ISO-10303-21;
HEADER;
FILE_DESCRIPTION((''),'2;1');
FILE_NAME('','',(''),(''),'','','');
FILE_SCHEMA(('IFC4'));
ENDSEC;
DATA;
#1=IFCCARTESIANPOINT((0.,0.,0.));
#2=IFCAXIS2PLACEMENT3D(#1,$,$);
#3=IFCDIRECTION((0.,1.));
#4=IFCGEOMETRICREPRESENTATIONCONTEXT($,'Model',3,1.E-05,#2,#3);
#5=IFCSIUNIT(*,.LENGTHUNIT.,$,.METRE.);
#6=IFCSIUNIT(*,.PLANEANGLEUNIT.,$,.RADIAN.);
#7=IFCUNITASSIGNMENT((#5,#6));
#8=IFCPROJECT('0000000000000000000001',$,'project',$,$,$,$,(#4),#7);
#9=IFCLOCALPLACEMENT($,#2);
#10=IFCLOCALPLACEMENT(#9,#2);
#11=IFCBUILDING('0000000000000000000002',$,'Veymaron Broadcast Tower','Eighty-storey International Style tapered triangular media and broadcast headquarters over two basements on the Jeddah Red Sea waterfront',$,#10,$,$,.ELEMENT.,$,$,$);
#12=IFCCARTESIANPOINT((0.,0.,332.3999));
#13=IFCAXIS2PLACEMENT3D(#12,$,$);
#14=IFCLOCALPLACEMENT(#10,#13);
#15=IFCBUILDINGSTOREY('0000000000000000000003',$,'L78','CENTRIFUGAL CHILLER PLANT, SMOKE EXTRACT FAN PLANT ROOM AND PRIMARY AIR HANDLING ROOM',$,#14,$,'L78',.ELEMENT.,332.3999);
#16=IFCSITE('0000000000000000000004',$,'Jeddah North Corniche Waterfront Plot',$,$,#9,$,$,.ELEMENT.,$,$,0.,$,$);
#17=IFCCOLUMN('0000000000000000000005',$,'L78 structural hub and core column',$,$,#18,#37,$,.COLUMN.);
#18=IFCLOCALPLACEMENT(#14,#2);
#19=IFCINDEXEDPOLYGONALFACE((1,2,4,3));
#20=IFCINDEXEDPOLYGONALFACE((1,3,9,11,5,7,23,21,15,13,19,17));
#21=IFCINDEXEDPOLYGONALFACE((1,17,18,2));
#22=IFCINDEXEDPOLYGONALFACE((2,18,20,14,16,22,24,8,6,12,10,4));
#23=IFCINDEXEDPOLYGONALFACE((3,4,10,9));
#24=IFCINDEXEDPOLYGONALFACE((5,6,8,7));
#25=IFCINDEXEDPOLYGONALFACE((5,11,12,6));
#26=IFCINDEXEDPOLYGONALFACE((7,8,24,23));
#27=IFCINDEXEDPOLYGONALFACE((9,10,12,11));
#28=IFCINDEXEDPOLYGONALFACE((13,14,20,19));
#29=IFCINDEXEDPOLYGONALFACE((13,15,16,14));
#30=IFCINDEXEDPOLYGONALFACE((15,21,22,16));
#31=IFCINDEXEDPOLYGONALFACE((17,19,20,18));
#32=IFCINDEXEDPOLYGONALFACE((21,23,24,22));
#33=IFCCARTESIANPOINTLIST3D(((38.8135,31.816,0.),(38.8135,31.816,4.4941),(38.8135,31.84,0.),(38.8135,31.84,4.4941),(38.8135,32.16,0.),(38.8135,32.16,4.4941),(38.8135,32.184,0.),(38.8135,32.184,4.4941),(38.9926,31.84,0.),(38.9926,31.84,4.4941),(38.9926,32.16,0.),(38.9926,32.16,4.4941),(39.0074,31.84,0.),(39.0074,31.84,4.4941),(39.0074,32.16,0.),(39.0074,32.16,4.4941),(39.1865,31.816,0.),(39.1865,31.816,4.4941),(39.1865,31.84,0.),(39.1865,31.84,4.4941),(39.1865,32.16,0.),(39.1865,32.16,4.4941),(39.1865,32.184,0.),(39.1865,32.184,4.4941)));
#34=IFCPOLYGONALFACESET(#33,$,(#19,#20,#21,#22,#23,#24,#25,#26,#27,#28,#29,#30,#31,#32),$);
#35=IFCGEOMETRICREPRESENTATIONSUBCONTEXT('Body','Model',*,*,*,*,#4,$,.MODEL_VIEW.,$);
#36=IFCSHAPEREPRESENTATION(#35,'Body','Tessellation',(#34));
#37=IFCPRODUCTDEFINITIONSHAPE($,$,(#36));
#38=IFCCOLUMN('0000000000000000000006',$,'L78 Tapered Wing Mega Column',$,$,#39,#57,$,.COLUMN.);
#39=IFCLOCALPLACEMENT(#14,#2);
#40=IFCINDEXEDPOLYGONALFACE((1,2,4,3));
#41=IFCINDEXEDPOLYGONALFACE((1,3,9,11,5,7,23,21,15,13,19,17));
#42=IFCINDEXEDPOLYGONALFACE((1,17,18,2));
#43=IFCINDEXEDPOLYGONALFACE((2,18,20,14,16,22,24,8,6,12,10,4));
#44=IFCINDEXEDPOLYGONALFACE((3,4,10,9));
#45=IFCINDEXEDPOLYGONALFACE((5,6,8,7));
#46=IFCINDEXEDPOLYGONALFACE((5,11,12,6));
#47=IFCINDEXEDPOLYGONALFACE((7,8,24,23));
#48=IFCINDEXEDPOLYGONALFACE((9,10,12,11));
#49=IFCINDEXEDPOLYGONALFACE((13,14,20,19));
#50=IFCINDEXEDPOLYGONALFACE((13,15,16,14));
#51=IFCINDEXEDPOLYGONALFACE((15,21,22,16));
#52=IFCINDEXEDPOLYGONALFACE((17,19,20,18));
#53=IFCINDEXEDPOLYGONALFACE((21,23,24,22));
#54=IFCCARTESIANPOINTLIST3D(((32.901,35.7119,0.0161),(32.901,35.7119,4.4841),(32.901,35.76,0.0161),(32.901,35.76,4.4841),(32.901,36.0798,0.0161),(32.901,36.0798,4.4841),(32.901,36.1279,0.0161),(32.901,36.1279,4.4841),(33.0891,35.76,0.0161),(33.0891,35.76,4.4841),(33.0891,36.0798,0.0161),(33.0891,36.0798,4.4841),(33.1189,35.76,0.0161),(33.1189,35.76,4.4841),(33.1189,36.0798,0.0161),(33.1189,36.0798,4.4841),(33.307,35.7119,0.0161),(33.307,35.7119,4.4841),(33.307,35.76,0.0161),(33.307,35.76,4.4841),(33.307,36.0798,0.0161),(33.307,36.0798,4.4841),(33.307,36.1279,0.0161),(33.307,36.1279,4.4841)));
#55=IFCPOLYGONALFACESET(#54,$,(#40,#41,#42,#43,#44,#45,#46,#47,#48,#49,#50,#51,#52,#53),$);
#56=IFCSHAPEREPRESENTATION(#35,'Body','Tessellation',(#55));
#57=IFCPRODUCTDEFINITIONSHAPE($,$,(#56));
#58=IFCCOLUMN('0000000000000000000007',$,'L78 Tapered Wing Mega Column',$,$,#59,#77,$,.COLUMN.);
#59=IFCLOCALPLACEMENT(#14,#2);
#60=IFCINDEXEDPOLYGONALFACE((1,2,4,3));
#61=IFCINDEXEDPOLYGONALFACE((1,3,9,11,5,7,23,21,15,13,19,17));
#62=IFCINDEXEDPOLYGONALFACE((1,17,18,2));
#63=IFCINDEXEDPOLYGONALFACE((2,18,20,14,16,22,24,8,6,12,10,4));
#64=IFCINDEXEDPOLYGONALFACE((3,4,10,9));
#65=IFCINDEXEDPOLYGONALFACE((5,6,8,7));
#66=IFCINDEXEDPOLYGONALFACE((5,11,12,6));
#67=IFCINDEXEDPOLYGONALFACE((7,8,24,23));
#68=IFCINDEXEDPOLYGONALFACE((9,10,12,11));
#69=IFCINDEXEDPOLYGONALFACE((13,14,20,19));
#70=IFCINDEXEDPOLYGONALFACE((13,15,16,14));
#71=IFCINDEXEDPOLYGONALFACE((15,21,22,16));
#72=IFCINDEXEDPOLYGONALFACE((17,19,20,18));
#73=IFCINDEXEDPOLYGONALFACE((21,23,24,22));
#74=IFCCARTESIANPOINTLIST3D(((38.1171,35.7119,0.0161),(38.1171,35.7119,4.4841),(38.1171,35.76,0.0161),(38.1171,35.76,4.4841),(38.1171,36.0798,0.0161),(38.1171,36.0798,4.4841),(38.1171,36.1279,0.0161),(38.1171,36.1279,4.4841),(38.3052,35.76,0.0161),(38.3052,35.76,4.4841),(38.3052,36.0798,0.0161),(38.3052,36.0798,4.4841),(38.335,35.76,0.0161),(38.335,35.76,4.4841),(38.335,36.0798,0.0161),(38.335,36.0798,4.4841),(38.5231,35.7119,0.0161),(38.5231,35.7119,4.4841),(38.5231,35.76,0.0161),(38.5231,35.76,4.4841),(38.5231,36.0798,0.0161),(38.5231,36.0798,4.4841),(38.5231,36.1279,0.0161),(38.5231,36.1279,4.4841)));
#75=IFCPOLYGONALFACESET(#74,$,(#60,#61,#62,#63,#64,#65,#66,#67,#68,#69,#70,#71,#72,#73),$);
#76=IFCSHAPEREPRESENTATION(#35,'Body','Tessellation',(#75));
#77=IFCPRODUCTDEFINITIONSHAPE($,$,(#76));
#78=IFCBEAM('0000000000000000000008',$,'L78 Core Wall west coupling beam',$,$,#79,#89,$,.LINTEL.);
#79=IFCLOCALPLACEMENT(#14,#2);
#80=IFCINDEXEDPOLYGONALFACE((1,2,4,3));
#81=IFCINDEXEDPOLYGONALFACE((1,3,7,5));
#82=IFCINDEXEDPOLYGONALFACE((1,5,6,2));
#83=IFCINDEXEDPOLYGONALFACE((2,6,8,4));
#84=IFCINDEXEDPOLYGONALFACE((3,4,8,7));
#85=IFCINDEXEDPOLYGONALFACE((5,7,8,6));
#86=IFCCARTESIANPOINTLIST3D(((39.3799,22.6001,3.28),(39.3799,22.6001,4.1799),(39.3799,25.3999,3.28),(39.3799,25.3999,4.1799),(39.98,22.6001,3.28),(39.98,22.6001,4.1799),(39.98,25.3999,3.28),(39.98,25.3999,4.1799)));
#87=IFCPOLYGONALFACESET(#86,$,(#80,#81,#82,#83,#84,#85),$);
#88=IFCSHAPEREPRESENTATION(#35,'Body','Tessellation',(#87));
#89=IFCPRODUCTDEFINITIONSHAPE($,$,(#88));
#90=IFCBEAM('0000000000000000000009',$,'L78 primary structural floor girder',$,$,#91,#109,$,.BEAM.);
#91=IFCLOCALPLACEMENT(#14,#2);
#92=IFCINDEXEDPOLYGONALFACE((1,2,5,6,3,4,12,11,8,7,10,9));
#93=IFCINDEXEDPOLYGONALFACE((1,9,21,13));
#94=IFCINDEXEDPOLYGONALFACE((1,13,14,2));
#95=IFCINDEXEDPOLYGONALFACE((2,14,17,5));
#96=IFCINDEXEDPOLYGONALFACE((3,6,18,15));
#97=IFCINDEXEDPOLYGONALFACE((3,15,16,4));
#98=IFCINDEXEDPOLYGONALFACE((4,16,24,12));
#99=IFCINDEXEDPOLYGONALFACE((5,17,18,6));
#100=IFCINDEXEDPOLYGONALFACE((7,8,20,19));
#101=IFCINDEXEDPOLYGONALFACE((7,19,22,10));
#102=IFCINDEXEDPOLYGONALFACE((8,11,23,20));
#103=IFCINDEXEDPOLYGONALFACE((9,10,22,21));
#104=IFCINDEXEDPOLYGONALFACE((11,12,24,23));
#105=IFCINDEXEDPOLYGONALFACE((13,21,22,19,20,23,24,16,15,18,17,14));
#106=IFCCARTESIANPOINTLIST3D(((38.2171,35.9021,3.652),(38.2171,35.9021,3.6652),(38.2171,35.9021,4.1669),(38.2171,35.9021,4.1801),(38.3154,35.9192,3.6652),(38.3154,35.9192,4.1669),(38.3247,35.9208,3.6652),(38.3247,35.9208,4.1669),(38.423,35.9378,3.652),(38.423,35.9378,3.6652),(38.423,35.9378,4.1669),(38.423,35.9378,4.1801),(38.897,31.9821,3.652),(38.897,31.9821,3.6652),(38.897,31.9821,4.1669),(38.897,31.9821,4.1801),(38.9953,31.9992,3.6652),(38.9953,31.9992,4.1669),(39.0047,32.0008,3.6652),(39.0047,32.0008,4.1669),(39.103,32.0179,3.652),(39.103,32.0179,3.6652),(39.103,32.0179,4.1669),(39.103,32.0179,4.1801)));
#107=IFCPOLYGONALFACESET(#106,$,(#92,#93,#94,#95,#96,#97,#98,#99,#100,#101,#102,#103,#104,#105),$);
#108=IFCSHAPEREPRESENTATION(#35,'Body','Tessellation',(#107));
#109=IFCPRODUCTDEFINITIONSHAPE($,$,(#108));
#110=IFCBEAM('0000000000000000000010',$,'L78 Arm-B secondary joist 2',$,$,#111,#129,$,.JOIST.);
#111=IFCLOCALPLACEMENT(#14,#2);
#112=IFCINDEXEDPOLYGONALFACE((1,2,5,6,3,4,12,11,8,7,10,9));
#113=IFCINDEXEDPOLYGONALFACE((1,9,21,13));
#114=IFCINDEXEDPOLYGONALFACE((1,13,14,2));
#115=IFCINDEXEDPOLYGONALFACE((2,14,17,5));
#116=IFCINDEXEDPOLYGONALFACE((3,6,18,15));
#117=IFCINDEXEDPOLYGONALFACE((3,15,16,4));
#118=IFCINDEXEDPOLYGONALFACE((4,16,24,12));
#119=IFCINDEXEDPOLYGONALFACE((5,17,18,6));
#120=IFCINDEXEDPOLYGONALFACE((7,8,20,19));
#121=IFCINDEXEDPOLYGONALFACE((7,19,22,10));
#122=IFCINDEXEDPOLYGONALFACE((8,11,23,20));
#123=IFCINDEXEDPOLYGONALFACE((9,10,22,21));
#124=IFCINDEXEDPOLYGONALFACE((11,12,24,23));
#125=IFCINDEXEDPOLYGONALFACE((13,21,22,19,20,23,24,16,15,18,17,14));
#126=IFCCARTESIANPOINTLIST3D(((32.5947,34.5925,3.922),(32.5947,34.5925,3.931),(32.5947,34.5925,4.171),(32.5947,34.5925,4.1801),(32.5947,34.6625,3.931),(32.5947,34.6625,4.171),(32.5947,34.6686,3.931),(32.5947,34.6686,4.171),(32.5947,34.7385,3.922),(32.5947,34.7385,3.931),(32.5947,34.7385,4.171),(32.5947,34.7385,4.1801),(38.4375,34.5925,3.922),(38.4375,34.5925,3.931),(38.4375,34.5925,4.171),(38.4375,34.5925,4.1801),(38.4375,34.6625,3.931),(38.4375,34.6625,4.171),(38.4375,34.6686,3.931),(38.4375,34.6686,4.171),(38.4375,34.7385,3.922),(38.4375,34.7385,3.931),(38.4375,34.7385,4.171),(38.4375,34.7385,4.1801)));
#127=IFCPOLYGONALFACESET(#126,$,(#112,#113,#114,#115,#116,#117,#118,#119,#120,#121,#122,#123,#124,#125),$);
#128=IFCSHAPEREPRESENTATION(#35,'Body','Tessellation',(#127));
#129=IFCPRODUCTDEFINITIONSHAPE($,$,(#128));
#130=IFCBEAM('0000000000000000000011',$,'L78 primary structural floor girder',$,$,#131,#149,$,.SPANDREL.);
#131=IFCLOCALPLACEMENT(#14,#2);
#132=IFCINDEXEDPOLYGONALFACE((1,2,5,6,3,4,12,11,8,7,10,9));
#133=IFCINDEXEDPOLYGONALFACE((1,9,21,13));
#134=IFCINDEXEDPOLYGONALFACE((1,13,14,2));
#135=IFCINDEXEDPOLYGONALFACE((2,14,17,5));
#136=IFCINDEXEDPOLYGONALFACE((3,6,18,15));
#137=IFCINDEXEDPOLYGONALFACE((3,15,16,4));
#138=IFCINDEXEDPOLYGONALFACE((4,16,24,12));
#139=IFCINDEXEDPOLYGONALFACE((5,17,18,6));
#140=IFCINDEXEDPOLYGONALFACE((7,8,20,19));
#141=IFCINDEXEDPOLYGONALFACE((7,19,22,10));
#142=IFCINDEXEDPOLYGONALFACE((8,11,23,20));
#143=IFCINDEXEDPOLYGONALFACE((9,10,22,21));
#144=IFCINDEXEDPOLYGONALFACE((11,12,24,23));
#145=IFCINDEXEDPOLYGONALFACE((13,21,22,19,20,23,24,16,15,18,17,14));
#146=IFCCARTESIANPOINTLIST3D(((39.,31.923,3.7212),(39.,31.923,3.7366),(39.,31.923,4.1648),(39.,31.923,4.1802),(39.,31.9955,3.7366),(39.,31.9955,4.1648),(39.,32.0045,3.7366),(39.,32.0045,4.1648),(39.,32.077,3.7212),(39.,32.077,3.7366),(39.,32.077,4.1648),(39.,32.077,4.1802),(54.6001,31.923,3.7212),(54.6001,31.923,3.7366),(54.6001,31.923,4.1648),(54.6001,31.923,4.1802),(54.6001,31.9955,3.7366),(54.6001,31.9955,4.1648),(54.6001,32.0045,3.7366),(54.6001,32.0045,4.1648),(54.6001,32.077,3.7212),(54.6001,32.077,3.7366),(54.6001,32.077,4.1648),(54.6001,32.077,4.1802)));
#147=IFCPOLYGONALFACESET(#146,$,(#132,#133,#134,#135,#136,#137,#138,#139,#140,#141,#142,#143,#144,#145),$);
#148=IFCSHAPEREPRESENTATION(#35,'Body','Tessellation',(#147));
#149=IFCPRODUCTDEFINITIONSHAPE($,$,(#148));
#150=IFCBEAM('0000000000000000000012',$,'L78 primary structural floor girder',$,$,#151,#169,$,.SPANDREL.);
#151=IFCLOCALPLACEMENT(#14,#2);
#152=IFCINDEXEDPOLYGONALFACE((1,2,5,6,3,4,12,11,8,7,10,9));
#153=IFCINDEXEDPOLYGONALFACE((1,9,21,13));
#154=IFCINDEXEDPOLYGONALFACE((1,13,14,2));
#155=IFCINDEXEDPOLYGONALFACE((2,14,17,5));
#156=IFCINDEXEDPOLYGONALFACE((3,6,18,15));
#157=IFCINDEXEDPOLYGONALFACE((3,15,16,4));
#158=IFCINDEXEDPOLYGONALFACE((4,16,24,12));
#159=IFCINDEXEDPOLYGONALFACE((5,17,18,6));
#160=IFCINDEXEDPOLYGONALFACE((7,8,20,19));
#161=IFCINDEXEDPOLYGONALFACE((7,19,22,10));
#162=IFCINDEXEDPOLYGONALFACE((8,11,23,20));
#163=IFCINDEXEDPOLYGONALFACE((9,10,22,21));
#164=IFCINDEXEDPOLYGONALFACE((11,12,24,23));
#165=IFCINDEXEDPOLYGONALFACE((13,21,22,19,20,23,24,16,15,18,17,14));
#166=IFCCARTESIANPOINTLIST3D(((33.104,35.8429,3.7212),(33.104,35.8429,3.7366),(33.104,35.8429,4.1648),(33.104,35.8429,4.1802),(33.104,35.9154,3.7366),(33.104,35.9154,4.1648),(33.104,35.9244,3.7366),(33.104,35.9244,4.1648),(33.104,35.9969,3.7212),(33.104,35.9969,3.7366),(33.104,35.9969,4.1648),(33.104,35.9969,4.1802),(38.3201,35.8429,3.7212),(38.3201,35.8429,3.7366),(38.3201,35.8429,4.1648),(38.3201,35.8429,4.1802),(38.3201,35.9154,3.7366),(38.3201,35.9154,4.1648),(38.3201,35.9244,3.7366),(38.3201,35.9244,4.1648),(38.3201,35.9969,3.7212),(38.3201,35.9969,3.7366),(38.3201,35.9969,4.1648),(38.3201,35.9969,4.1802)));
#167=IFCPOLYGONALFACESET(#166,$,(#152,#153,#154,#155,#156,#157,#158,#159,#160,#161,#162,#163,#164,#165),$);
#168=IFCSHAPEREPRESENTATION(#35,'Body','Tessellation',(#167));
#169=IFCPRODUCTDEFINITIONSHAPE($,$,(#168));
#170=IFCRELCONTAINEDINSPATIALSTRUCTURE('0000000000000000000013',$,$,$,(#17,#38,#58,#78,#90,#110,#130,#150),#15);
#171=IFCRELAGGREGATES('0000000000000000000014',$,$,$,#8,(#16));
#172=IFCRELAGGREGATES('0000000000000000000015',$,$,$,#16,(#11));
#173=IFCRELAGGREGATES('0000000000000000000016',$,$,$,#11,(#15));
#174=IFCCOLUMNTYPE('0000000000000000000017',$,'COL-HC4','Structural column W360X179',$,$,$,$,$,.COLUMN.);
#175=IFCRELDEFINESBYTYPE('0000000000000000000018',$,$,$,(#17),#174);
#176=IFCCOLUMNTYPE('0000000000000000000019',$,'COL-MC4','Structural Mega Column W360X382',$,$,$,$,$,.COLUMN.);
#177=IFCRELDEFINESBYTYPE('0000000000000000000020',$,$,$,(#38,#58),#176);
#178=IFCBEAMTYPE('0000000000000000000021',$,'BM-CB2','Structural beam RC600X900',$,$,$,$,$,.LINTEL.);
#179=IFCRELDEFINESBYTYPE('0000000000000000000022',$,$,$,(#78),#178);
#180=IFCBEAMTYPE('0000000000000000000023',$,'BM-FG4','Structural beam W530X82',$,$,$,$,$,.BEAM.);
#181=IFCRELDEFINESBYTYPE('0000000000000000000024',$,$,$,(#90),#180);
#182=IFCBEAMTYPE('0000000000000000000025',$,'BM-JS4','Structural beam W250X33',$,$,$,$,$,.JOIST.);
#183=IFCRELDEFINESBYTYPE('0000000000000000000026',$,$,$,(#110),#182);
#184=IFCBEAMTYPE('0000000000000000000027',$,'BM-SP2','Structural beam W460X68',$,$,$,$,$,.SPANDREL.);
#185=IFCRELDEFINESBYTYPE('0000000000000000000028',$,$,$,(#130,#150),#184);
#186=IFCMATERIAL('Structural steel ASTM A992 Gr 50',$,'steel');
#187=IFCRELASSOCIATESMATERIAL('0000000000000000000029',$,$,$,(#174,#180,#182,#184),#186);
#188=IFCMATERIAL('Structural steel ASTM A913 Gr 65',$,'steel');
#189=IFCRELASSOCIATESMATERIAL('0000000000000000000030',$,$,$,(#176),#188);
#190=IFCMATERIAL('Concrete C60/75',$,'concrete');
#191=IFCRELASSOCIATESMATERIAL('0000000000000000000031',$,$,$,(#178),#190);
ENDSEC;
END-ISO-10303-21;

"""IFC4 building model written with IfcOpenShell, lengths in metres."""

from ifc_helpers import new_model, si_unit, direction, frame, origin, origin_2d, place, context, subcontext, project, spatial, rectangle, i_section, extrude, material, material_profile, profile_set, type_object, element, save


model = new_model("IFC4")

# Units and contexts
model_context = context("Model", 3, precision=1e-05, world=origin(), true_north=direction((0.0, 1.0)))
body_context = subcontext(model_context, "Body", "Model", "MODEL_VIEW")
ifc_project = project(units=[si_unit("LENGTHUNIT", "METRE"), si_unit("PLANEANGLEUNIT", "RADIAN")], contexts=[model_context])

# Site, building, storey
site_placement = place(None, origin())
site = spatial("IfcSite", under=ifc_project, at=site_placement, Name="Jeddah North Corniche Waterfront Plot", CompositionType="ELEMENT", RefElevation=0.0)
building_placement = place(site_placement, origin())
building = spatial("IfcBuilding", under=site, at=building_placement, Name="Veymaron Broadcast Tower", Description="Eighty-storey International Style tapered triangular media and broadcast headquarters over two basements on the Jeddah Red Sea waterfront", CompositionType="ELEMENT")
storey_placement = place(building_placement, frame((0.0, 0.0, 332.3999)))
storey = spatial("IfcBuildingStorey", under=building, at=storey_placement, Name="L78", Description="CENTRIFUGAL CHILLER PLANT, SMOKE EXTRACT FAN PLANT ROOM AND PRIMARY AIR HANDLING ROOM", LongName="L78", CompositionType="ELEMENT", Elevation=332.3999)

# Columns
ifc_material_1 = material(Name="Structural steel ASTM A992 Gr 50", Category="steel")
ifc_material_profile_1 = material_profile(ifc_material_1, i_section(OverallWidth=0.373, OverallDepth=0.3679, WebThickness=0.0149, FlangeThickness=0.0239, at=origin_2d()), Name="W360X179")
ifc_profile_set_1 = profile_set([ifc_material_profile_1], Name="Structural steel ASTM A992 Gr 50")
column_type_1 = type_object("IfcColumnType", Name="COL-HC4", Description="Structural column W360X179", PredefinedType="COLUMN", material=ifc_profile_set_1)
column_placement = place(storey_placement, frame((39.0, 32.0, 0.0), z_axis=(0.0, 0.0, 1.0), x_axis=(1.0, 0.0, 0.0)))
element("IfcColumn", 1, at=column_placement, inside=storey, type_object=column_type_1, Name="L78 structural hub and core column", PredefinedType="COLUMN", context=body_context, shape_type="SweptSolid", body=[
    extrude(i_section(OverallWidth=0.373, OverallDepth=0.3679, WebThickness=0.0149, FlangeThickness=0.0239, at=origin_2d()), origin(), (0.0, 0.0, 1.0), 4.4941),
])
ifc_material_2 = material(Name="Structural steel ASTM A913 Gr 65", Category="steel")
ifc_material_profile_2 = material_profile(ifc_material_2, i_section(OverallWidth=0.406, OverallDepth=0.416, WebThickness=0.0298, FlangeThickness=0.0481, at=origin_2d()), Name="W360X382")
ifc_profile_set_2 = profile_set([ifc_material_profile_2], Name="Structural steel ASTM A913 Gr 65")
column_type_2 = type_object("IfcColumnType", Name="COL-MC4", Description="Structural Mega Column W360X382", PredefinedType="COLUMN", material=ifc_profile_set_2)
for number, where, z_axis, x_axis, name in (
    (2, (33.104, 35.9199, 0.0161), (0.0, 0.0, 1.0), (1.0, 0.0, 0.0), "L78 Tapered Wing Mega Column"),
    (3, (38.3201, 35.9199, 0.0161), (0.0, 0.0, 1.0), (1.0, 0.0, 0.0), "L78 Tapered Wing Mega Column"),
):
    element("IfcColumn", number, at=place(storey_placement, frame(where, z_axis=z_axis, x_axis=x_axis)), inside=storey, type_object=column_type_2, Name=name, PredefinedType="COLUMN", context=body_context, shape_type="SweptSolid", body=[
        extrude(i_section(OverallWidth=0.406, OverallDepth=0.416, WebThickness=0.0298, FlangeThickness=0.0481, at=origin_2d()), origin(), (0.0, 0.0, 1.0), 4.468),
    ])

# Beams
ifc_material_3 = material(Name="Concrete C60/75", Category="concrete")
ifc_material_profile_3 = material_profile(ifc_material_3, rectangle(XDim=0.6001, YDim=0.8999, at=origin_2d()), Name="RC600X900")
ifc_profile_set_3 = profile_set([ifc_material_profile_3], Name="Concrete C60/75")
beam_type_1 = type_object("IfcBeamType", Name="BM-CB2", Description="Structural beam RC600X900", PredefinedType="LINTEL", material=ifc_profile_set_3)
beam_1_placement = place(storey_placement, frame((39.6799, 22.6001, 3.73), z_axis=(0.0, 1.0, 0.0), x_axis=(-1.0, 0.0, 0.0)))
element("IfcBeam", 4, at=beam_1_placement, inside=storey, type_object=beam_type_1, Name="L78 Core Wall west coupling beam", PredefinedType="LINTEL", context=body_context, shape_type="SweptSolid", body=[
    extrude(rectangle(XDim=0.6001, YDim=0.8999, at=origin_2d()), origin(), (0.0, 0.0, 1.0), 2.7998),
])
ifc_material_profile_4 = material_profile(ifc_material_1, i_section(OverallWidth=0.209, OverallDepth=0.5281, WebThickness=0.0095, FlangeThickness=0.0132, at=origin_2d()), Name="W530X82")
ifc_profile_set_4 = profile_set([ifc_material_profile_4], Name="Structural steel ASTM A992 Gr 50")
beam_type_2 = type_object("IfcBeamType", Name="BM-FG4", Description="Structural beam W530X82", PredefinedType="BEAM", material=ifc_profile_set_4)
beam_2_placement = place(storey_placement, frame((39.0, 32.0, 3.916), z_axis=(-0.170903, 0.985288, 0.0), x_axis=(-0.985288, -0.170903, 0.0)))
element("IfcBeam", 5, at=beam_2_placement, inside=storey, type_object=beam_type_2, Name="L78 primary structural floor girder", PredefinedType="BEAM", context=body_context, shape_type="SweptSolid", body=[
    extrude(i_section(OverallWidth=0.209, OverallDepth=0.5281, WebThickness=0.0095, FlangeThickness=0.0132, at=origin_2d()), origin(), (0.0, 0.0, 1.0), 3.9785),
])
ifc_material_profile_5 = material_profile(ifc_material_1, i_section(OverallWidth=0.146, OverallDepth=0.2581, WebThickness=0.0061, FlangeThickness=0.009, at=origin_2d()), Name="W250X33")
ifc_profile_set_5 = profile_set([ifc_material_profile_5], Name="Structural steel ASTM A992 Gr 50")
beam_type_3 = type_object("IfcBeamType", Name="BM-JS4", Description="Structural beam W250X33", PredefinedType="JOIST", material=ifc_profile_set_5)
beam_3_placement = place(storey_placement, frame((32.5947, 34.6655, 4.051), z_axis=(1.0, 0.0, 0.0), x_axis=(0.0, 1.0, 0.0)))
element("IfcBeam", 6, at=beam_3_placement, inside=storey, type_object=beam_type_3, Name="L78 Arm-B secondary joist 2", PredefinedType="JOIST", context=body_context, shape_type="SweptSolid", body=[
    extrude(i_section(OverallWidth=0.146, OverallDepth=0.2581, WebThickness=0.0061, FlangeThickness=0.009, at=origin_2d()), origin(), (0.0, 0.0, 1.0), 5.8428),
])
ifc_material_profile_6 = material_profile(ifc_material_1, i_section(OverallWidth=0.1541, OverallDepth=0.459, WebThickness=0.009, FlangeThickness=0.0154, at=origin_2d()), Name="W460X68")
ifc_profile_set_6 = profile_set([ifc_material_profile_6], Name="Structural steel ASTM A992 Gr 50")
beam_type_4 = type_object("IfcBeamType", Name="BM-SP2", Description="Structural beam W460X68", PredefinedType="SPANDREL", material=ifc_profile_set_6)
beam_4_placement = place(storey_placement, frame((39.0, 32.0, 3.9507), z_axis=(1.0, 0.0, 0.0), x_axis=(0.0, 1.0, 0.0)))
element("IfcBeam", 7, at=beam_4_placement, inside=storey, type_object=beam_type_4, Name="L78 primary structural floor girder", PredefinedType="SPANDREL", context=body_context, shape_type="SweptSolid", body=[
    extrude(i_section(OverallWidth=0.1541, OverallDepth=0.459, WebThickness=0.009, FlangeThickness=0.0154, at=origin_2d()), origin(), (0.0, 0.0, 1.0), 15.6001),
])
beam_5_placement = place(storey_placement, frame((33.104, 35.9199, 3.9507), z_axis=(1.0, 0.0, 0.0), x_axis=(0.0, 1.0, 0.0)))
element("IfcBeam", 8, at=beam_5_placement, inside=storey, type_object=beam_type_4, Name="L78 primary structural floor girder", PredefinedType="SPANDREL", context=body_context, shape_type="SweptSolid", body=[
    extrude(i_section(OverallWidth=0.1541, OverallDepth=0.459, WebThickness=0.009, FlangeThickness=0.0154, at=origin_2d()), origin(), (0.0, 0.0, 1.0), 5.2161),
])

save(model, "model.ifc")
